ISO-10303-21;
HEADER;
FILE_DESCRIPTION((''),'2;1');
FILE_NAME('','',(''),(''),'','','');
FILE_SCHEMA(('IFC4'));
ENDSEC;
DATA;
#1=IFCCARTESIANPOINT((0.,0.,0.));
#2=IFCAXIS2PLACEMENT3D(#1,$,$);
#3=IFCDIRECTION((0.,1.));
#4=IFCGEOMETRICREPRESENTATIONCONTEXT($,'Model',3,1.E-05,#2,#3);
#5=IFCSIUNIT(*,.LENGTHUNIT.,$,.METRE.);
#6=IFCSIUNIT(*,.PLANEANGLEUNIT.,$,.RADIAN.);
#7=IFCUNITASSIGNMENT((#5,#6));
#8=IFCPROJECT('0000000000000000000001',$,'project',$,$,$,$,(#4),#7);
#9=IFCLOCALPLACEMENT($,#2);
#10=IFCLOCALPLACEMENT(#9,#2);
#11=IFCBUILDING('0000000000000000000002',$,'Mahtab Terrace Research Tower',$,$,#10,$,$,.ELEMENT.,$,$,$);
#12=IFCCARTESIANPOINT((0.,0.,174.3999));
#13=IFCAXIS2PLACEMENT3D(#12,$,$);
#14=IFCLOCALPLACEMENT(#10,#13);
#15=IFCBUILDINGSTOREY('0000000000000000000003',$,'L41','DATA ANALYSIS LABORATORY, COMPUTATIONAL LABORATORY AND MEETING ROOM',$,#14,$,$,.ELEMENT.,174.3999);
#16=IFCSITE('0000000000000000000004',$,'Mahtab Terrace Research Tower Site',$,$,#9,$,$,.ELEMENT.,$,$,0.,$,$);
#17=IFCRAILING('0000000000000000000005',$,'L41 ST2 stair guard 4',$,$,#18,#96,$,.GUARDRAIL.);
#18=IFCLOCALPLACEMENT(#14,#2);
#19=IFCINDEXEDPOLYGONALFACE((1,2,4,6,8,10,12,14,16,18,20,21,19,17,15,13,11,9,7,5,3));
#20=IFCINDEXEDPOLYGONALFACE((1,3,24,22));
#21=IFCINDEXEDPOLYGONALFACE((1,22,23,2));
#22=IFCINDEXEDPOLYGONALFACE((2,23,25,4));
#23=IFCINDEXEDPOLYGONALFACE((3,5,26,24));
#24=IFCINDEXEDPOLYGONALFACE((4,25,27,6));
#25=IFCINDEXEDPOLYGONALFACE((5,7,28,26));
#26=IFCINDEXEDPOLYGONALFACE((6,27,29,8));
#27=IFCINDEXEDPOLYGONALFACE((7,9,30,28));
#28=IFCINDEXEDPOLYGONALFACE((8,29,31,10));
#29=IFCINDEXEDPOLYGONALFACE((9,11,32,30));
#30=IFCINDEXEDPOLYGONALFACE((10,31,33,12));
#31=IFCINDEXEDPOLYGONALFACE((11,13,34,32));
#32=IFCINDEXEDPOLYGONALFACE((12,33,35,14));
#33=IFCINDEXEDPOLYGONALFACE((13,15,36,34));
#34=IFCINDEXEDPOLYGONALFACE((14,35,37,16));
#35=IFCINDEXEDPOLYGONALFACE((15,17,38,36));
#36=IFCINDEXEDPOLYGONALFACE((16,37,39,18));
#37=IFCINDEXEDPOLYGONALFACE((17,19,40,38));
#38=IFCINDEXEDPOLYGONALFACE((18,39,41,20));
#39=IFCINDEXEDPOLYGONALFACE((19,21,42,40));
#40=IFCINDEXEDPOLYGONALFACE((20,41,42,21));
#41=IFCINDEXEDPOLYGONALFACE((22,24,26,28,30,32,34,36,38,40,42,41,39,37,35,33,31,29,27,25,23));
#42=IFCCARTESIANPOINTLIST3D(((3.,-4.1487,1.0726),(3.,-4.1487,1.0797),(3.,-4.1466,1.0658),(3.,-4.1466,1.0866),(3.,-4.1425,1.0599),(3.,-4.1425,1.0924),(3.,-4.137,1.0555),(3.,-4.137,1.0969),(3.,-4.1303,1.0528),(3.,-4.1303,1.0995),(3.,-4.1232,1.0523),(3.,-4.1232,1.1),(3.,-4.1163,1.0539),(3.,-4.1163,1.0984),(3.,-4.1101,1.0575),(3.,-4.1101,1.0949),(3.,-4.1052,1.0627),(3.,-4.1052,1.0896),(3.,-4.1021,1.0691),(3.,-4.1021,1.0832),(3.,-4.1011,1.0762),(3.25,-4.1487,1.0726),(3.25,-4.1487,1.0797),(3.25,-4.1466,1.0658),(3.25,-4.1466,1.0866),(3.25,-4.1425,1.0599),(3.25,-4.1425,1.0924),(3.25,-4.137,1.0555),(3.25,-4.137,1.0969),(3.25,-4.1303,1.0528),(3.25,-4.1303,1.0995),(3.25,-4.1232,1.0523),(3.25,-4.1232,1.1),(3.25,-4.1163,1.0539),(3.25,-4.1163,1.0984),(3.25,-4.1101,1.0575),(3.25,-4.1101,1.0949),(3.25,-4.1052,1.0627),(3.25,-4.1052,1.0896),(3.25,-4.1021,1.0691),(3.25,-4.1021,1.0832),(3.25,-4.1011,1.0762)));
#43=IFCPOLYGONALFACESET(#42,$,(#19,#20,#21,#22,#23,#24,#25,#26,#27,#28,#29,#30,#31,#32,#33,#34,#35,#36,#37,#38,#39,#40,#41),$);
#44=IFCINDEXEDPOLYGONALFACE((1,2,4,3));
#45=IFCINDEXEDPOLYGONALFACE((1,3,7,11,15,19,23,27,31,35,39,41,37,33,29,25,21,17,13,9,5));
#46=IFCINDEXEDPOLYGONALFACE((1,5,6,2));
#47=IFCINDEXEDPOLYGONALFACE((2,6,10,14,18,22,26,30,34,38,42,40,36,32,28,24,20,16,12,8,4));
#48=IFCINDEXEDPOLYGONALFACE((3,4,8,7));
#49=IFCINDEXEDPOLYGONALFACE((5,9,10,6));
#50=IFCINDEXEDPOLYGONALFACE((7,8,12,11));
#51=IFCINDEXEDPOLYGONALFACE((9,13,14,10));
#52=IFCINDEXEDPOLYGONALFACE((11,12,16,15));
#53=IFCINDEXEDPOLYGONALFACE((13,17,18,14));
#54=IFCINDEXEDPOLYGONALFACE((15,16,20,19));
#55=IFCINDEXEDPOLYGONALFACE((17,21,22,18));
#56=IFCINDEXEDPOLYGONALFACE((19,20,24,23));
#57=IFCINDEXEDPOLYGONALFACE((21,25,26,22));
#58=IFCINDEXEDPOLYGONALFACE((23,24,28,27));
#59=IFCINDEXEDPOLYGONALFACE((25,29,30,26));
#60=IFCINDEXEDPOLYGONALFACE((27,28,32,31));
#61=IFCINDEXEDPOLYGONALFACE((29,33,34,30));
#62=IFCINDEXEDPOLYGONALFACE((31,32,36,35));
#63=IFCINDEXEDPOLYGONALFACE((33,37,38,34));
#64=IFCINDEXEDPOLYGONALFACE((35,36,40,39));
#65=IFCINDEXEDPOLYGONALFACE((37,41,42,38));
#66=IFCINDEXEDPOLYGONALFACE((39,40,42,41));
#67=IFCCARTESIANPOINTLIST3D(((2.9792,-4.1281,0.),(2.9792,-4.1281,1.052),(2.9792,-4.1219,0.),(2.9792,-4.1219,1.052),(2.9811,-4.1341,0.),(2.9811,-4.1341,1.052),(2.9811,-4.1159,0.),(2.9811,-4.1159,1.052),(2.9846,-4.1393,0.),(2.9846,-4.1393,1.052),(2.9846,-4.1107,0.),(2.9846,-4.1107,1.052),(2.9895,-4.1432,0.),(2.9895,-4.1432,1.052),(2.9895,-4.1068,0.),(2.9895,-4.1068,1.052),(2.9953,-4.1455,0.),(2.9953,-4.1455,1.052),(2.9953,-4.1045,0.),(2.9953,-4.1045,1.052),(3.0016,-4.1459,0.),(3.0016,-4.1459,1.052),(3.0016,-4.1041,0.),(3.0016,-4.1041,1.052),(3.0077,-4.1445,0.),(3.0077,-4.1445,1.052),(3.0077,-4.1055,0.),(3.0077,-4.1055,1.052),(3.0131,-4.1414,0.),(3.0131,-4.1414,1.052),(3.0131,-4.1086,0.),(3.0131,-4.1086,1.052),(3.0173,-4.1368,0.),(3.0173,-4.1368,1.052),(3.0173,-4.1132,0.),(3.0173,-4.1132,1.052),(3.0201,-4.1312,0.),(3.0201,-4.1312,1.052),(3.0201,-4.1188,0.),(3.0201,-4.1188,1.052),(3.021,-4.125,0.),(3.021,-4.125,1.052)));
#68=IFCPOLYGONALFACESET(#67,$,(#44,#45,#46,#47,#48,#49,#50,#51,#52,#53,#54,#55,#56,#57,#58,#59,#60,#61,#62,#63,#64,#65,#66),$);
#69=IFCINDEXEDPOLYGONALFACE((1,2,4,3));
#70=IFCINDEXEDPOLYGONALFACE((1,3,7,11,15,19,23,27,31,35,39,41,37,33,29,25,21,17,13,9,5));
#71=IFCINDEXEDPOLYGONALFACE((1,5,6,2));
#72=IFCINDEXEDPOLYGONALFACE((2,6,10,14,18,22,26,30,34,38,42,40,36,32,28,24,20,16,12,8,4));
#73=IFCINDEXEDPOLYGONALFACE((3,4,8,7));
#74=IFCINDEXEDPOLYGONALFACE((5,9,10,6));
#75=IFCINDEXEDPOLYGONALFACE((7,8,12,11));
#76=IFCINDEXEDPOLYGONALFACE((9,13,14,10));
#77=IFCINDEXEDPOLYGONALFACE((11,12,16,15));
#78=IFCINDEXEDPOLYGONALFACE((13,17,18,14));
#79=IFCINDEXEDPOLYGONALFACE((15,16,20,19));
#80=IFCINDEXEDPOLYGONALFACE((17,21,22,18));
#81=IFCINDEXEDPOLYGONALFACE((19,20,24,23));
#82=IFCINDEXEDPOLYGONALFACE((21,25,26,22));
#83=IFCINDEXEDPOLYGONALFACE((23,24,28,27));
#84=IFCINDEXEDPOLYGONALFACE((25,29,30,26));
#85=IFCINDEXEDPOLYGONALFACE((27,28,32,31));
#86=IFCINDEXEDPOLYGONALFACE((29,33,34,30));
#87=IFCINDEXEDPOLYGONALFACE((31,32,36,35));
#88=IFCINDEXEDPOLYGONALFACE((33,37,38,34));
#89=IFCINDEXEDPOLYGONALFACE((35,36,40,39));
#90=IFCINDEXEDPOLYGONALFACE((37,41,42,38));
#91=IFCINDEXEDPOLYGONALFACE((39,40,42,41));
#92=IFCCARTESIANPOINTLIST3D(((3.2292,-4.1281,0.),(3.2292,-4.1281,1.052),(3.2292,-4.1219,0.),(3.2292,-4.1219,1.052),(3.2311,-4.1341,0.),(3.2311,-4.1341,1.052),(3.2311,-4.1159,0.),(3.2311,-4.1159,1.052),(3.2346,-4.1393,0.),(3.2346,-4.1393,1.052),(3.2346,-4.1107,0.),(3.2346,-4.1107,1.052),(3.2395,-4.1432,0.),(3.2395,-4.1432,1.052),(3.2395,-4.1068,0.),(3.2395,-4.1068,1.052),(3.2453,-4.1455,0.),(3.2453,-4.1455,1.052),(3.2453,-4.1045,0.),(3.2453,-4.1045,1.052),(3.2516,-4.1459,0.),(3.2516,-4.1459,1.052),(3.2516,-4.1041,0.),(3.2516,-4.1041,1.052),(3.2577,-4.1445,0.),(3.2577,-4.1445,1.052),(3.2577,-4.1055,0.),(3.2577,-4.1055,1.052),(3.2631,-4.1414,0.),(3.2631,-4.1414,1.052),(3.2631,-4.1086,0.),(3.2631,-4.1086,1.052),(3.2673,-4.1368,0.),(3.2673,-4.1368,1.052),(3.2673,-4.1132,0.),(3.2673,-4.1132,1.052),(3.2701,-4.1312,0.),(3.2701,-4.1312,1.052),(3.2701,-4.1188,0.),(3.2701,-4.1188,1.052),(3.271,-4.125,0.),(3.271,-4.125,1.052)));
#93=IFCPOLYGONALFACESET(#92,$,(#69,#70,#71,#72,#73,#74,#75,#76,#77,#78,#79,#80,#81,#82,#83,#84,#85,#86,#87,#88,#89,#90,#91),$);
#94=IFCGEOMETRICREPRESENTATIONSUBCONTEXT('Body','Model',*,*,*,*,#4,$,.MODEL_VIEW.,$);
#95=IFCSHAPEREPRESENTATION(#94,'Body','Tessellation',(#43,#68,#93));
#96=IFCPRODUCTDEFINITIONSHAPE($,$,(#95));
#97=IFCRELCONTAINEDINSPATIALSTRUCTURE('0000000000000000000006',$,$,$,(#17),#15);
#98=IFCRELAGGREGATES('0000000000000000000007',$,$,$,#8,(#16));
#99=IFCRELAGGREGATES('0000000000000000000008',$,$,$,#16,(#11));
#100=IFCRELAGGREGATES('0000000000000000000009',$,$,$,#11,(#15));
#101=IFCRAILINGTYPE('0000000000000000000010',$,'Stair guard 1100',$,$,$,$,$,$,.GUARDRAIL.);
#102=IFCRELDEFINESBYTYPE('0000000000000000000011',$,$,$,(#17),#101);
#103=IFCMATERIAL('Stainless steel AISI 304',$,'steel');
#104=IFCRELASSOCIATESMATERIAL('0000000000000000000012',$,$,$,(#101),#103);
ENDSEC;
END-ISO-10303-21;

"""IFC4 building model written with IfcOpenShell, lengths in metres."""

from ifc_helpers import new_model, si_unit, direction, frame, origin, origin_2d, place, context, subcontext, project, spatial, circle, extrude, material, type_object, element, save


model = new_model("IFC4")

# Units and contexts
model_context = context("Model", 3, precision=1e-05, world=origin(), true_north=direction((0.0, 1.0)))
body_context = subcontext(model_context, "Body", "Model", "MODEL_VIEW")
ifc_project = project(units=[si_unit("LENGTHUNIT", "METRE"), si_unit("PLANEANGLEUNIT", "RADIAN")], contexts=[model_context])

# Site, building, storey
site_placement = place(None, origin())
site = spatial("IfcSite", under=ifc_project, at=site_placement, Name="Mahtab Terrace Research Tower Site", CompositionType="ELEMENT", RefElevation=0.0)
building_placement = place(site_placement, origin())
building = spatial("IfcBuilding", under=site, at=building_placement, Name="Mahtab Terrace Research Tower", CompositionType="ELEMENT")
storey_placement = place(building_placement, frame((0.0, 0.0, 174.3999)))
storey = spatial("IfcBuildingStorey", under=building, at=storey_placement, Name="L41", Description="DATA ANALYSIS LABORATORY, COMPUTATIONAL LABORATORY AND MEETING ROOM", CompositionType="ELEMENT", Elevation=174.3999)

# Railing
ifc_material_1 = material(Name="Stainless steel AISI 304", Category="steel")
railing_type_1 = type_object("IfcRailingType", Name="Stair guard 1100", PredefinedType="GUARDRAIL", material=ifc_material_1)
railing_1_placement = place(storey_placement, frame((3.0, -4.125, 0.0)))
element("IfcRailing", 1, at=railing_1_placement, inside=storey, type_object=railing_type_1, Name="L41 ST2 stair guard 4", PredefinedType="GUARDRAIL", context=body_context, shape_type="SweptSolid", body=[
    extrude(circle(Radius=0.0239, at=origin_2d()), frame((0.0, 0.0, 1.0762), z_axis=(1.0, 0.0, 0.0), x_axis=(0.0, 1.0, 0.0)), (0.0, 0.0, 1.0), 0.25),
    extrude(circle(Radius=0.021, at=origin_2d()), origin(), (0.0, 0.0, 1.0), 1.052),
    extrude(circle(Radius=0.021, at=origin_2d()), frame((0.25, 0.0, 0.0)), (0.0, 0.0, 1.0), 1.052),
])

save(model, "model.ifc")
